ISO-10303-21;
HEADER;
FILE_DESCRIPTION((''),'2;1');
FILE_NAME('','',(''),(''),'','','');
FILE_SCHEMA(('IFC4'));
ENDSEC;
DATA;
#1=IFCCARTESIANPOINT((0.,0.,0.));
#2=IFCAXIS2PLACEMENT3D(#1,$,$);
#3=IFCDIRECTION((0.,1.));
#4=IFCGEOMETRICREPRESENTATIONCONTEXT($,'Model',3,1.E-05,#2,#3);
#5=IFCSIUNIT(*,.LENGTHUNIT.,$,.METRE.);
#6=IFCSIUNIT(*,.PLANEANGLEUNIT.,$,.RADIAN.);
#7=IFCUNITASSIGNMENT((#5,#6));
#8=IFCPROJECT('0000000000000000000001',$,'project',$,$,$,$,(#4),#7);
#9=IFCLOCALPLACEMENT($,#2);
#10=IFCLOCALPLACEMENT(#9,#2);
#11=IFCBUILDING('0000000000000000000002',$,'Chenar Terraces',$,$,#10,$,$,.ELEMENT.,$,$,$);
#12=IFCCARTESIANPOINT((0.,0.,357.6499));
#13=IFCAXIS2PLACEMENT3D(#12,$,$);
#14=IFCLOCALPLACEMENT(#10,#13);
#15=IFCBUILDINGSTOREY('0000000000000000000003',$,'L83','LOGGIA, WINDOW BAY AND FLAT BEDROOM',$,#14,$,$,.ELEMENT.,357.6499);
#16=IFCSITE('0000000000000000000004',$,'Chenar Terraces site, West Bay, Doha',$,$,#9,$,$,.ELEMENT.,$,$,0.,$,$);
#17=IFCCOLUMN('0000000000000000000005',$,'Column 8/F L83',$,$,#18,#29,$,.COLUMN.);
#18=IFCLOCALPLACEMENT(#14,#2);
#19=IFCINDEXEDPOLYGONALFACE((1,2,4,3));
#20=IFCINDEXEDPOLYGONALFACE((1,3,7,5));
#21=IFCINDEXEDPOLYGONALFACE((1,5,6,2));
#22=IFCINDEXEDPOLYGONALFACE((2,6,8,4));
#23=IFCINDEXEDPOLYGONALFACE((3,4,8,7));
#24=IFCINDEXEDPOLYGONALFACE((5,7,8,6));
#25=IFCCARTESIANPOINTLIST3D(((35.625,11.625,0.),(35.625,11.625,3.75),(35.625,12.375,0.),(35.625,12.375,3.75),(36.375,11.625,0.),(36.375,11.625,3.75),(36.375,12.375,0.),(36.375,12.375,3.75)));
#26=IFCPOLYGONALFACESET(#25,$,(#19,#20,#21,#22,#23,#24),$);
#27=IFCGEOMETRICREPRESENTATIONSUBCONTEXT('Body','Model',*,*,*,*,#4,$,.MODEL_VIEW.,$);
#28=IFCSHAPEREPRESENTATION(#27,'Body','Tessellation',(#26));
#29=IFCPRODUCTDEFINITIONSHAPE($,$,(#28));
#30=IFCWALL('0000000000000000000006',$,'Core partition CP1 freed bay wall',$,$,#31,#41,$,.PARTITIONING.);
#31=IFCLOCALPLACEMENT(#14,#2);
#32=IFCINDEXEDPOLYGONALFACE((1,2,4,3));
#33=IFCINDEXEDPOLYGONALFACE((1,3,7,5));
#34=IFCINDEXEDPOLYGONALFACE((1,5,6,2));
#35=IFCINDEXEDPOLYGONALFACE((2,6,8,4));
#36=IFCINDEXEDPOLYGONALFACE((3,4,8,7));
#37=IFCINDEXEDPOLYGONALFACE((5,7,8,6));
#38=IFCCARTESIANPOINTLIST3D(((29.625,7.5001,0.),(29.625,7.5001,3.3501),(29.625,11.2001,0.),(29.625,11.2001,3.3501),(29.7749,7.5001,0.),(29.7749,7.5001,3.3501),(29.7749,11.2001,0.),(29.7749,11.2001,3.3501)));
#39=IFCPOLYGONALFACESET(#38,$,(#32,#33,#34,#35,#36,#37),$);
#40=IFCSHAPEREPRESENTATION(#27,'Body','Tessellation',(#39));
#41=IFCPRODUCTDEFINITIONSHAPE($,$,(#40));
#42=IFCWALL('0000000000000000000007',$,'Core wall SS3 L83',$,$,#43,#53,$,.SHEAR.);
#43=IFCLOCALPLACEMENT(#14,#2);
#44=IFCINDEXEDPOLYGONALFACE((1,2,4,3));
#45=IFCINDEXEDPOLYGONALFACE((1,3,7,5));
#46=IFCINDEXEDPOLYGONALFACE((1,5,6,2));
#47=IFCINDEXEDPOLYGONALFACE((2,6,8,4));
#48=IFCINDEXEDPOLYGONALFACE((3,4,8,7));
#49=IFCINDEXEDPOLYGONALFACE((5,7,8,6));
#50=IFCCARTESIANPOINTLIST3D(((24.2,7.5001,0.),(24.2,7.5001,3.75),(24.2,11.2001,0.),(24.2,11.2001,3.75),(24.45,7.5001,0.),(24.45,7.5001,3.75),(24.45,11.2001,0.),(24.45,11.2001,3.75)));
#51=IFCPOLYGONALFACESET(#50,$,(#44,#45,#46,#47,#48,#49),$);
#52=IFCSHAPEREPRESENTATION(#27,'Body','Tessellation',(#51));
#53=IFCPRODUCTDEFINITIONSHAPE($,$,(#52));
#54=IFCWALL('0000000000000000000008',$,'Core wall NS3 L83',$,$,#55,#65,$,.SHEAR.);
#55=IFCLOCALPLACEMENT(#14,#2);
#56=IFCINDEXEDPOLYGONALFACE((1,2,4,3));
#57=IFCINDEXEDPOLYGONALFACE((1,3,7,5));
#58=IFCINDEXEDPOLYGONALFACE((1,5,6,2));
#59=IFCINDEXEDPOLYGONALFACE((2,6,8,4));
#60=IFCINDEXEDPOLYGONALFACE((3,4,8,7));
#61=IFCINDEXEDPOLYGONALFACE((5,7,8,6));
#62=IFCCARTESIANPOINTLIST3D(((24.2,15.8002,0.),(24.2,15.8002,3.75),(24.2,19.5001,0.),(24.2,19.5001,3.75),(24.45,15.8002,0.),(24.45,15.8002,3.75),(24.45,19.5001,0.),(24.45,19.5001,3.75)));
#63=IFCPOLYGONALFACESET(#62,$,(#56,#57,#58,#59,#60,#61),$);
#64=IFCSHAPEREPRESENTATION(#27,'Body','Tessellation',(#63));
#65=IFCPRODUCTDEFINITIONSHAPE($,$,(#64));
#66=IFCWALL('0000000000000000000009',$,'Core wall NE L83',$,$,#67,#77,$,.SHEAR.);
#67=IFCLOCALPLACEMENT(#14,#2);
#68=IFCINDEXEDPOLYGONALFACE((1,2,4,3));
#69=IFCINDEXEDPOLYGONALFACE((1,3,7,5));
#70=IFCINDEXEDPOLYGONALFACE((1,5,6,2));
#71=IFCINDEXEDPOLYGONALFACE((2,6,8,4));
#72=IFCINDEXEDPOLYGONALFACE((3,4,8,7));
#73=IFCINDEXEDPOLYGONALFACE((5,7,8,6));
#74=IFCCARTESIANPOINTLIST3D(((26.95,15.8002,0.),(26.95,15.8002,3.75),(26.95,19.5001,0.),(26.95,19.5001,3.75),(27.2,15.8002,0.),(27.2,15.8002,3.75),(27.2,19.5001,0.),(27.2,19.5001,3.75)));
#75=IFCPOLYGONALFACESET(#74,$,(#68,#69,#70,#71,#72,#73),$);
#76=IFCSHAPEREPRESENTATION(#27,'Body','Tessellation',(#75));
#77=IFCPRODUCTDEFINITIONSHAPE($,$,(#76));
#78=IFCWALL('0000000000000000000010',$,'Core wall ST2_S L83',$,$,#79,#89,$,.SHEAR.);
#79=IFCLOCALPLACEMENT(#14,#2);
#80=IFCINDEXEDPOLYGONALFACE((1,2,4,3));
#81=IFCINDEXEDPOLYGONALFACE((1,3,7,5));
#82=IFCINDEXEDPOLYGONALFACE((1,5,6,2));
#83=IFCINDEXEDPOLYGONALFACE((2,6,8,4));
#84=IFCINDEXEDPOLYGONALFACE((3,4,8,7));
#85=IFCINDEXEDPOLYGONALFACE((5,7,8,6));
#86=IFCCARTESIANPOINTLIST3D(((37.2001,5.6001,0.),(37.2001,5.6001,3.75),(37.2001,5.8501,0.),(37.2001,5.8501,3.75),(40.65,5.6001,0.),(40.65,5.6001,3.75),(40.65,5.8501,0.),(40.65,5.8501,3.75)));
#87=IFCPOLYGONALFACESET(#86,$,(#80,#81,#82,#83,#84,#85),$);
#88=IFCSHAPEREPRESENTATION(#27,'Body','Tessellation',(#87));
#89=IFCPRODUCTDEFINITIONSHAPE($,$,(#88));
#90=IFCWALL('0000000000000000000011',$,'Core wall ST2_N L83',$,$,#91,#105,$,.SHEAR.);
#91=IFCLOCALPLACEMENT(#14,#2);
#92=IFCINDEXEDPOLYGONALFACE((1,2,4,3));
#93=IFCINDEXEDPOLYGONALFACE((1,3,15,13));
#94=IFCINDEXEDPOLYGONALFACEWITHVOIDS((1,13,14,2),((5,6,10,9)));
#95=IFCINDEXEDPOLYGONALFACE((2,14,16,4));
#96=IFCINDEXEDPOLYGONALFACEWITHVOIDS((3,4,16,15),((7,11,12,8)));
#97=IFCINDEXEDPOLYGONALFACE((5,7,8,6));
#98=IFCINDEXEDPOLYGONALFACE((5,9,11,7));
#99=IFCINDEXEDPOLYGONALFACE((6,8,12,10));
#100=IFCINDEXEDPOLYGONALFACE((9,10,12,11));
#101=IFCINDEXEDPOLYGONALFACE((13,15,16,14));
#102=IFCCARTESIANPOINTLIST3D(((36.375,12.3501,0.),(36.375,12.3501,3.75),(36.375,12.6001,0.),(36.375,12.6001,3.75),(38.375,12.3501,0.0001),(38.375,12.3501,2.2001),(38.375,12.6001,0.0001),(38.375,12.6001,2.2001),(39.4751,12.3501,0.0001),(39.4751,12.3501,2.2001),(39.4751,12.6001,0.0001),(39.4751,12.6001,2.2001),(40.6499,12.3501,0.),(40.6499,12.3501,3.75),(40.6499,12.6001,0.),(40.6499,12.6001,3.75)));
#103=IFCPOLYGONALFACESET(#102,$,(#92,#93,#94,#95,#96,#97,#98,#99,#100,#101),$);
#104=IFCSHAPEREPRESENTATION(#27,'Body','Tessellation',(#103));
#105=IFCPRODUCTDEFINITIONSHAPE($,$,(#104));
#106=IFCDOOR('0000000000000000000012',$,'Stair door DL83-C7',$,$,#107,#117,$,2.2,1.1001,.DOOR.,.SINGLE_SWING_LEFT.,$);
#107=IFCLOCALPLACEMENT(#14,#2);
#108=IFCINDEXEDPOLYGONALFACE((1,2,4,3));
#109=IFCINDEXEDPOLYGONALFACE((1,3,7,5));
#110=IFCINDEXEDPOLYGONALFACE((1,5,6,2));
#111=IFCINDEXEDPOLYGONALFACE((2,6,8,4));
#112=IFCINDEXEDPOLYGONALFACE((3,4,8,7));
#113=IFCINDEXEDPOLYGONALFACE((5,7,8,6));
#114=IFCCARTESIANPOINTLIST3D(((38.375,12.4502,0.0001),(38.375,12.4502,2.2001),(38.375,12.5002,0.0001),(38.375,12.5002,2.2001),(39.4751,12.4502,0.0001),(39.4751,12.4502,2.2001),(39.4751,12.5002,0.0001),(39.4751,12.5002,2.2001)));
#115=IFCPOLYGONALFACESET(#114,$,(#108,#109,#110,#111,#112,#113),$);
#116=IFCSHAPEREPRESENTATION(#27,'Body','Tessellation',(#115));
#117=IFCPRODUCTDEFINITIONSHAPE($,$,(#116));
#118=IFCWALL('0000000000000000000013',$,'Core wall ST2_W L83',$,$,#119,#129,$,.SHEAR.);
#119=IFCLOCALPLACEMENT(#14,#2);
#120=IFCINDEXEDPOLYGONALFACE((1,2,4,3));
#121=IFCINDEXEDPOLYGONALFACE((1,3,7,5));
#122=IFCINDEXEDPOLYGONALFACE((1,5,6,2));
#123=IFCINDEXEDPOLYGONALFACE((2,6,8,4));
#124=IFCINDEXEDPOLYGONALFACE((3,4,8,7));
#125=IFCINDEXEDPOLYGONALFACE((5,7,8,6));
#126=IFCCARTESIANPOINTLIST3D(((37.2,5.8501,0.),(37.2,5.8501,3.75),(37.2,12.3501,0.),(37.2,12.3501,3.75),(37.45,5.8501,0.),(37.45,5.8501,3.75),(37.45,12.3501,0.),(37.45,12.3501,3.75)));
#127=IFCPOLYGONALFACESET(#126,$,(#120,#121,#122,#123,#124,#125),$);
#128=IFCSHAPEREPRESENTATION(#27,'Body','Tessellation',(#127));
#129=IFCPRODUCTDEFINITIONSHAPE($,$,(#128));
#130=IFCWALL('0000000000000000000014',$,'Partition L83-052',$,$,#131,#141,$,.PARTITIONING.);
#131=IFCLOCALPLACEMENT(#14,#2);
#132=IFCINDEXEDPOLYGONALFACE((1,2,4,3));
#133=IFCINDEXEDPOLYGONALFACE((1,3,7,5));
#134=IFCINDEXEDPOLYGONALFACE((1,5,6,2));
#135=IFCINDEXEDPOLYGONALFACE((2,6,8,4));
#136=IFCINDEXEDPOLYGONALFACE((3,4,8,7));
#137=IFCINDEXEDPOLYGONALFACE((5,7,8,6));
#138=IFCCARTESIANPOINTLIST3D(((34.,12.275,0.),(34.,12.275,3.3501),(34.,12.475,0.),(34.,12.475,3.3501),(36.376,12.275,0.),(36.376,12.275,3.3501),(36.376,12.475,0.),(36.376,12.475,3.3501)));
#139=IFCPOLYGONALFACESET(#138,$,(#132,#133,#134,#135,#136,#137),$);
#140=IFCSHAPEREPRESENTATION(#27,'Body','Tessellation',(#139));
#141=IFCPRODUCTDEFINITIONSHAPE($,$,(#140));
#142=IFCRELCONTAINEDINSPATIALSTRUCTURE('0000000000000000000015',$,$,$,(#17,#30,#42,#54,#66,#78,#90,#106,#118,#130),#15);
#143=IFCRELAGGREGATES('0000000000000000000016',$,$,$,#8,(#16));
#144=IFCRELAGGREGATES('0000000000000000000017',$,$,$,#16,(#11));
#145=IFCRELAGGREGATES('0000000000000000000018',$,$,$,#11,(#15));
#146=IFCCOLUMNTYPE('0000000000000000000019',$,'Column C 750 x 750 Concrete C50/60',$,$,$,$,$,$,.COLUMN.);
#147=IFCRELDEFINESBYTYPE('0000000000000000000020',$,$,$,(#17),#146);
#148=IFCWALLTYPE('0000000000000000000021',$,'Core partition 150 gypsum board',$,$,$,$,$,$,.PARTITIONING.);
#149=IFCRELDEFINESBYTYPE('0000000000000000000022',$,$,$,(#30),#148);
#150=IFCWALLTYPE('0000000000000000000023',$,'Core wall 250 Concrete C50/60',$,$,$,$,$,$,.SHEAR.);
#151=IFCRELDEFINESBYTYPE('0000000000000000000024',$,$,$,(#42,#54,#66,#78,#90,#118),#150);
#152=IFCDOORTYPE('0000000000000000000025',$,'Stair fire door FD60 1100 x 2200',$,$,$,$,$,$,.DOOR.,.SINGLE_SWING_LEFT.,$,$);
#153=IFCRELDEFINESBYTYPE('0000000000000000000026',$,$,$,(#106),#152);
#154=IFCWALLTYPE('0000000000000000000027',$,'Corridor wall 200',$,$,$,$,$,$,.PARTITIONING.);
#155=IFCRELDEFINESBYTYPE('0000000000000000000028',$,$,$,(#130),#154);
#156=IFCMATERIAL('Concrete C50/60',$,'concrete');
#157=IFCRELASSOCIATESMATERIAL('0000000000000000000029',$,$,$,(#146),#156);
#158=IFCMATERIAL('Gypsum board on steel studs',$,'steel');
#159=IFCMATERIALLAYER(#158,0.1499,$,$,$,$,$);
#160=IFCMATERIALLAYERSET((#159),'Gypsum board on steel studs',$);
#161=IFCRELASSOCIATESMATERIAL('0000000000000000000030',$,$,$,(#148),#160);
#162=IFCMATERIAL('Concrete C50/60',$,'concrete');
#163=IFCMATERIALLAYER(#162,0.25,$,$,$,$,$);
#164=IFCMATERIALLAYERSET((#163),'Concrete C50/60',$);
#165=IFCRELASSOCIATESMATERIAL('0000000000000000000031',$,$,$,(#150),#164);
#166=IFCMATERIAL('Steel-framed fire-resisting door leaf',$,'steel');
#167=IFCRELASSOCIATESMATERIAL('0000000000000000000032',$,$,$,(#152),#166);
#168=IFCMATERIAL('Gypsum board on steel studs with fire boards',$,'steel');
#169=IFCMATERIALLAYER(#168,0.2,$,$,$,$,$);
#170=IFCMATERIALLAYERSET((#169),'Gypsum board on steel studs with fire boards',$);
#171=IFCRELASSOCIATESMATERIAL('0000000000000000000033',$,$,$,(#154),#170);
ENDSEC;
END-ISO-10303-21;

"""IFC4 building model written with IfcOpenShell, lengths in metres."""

from ifc_helpers import new_model, si_unit, direction, frame, frame_2d, origin, origin_2d, place, context, subcontext, project, spatial, rectangle, extrude, material, layer, layer_set, material_profile, profile_set, type_object, element, fill, save


model = new_model("IFC4")

# Units and contexts
model_context = context("Model", 3, precision=1e-05, world=origin(), true_north=direction((0.0, 1.0)))
body_context = subcontext(model_context, "Body", "Model", "MODEL_VIEW")
ifc_project = project(units=[si_unit("LENGTHUNIT", "METRE"), si_unit("PLANEANGLEUNIT", "RADIAN")], contexts=[model_context])

# Site, building, storey
site_placement = place(None, origin())
site = spatial("IfcSite", under=ifc_project, at=site_placement, Name="Chenar Terraces site, West Bay, Doha", CompositionType="ELEMENT", RefElevation=0.0)
building_placement = place(site_placement, origin())
building = spatial("IfcBuilding", under=site, at=building_placement, Name="Chenar Terraces", CompositionType="ELEMENT")
storey_placement = place(building_placement, frame((0.0, 0.0, 357.6499)))
storey = spatial("IfcBuildingStorey", under=building, at=storey_placement, Name="L83", Description="LOGGIA, WINDOW BAY AND FLAT BEDROOM", CompositionType="ELEMENT", Elevation=357.6499)

# Column
ifc_material_1 = material(Name="Concrete C50/60", Category="concrete")
ifc_material_profile = material_profile(ifc_material_1, rectangle(XDim=0.75, YDim=0.75, at=origin_2d()), Name="C 750 x 750")
ifc_profile_set = profile_set([ifc_material_profile], Name="Concrete C50/60")
column_type = type_object("IfcColumnType", Name="Column C 750 x 750 Concrete C50/60", PredefinedType="COLUMN", material=ifc_profile_set)
column_placement = place(storey_placement, frame((36.0, 12.0, 0.0), z_axis=(0.0, 0.0, 1.0), x_axis=(1.0, 0.0, 0.0)))
element("IfcColumn", 1, at=column_placement, inside=storey, type_object=column_type, Name="Column 8/F L83", PredefinedType="COLUMN", context=body_context, shape_type="SweptSolid", body=[
    extrude(rectangle(XDim=0.75, YDim=0.75, at=origin_2d()), origin(), (0.0, 0.0, 1.0), 3.75),
])

# Walls
ifc_material_2 = material(Name="Gypsum board on steel studs", Category="steel")
ifc_layer_1 = layer(ifc_material_2, 0.1499)
ifc_layer_set_1 = layer_set([ifc_layer_1], Name="Gypsum board on steel studs")
wall_type_1 = type_object("IfcWallType", Name="Core partition 150 gypsum board", PredefinedType="PARTITIONING", material=ifc_layer_set_1)
wall_1_placement = place(storey_placement, frame((29.7, 7.5, 0.0), z_axis=(0.0, 0.0, 1.0), x_axis=(0.0, 1.0, 0.0)))
element("IfcWall", 2, at=wall_1_placement, inside=storey, type_object=wall_type_1, Name="Core partition CP1 freed bay wall", PredefinedType="PARTITIONING", context=body_context, shape_type="SweptSolid", body=[
    extrude(rectangle(XDim=3.7, YDim=0.1499, at=frame_2d((1.8501, 0.0))), origin(), (0.0, 0.0, 1.0), 3.3501),
])
ifc_material_3 = material(Name="Concrete C50/60", Category="concrete")
ifc_layer_2 = layer(ifc_material_3, 0.25)
ifc_layer_set_2 = layer_set([ifc_layer_2], Name="Concrete C50/60")
wall_type_2 = type_object("IfcWallType", Name="Core wall 250 Concrete C50/60", PredefinedType="SHEAR", material=ifc_layer_set_2)
for number, where, z_axis, x_axis, name in (
    (3, (24.325, 7.5, 0.0), (0.0, 0.0, 1.0), (0.0, 1.0, 0.0), "Core wall SS3 L83"),
    (4, (24.325, 15.8, 0.0), (0.0, 0.0, 1.0), (0.0, 1.0, 0.0), "Core wall NS3 L83"),
    (5, (27.075, 15.8, 0.0), (0.0, 0.0, 1.0), (0.0, 1.0, 0.0), "Core wall NE L83"),
):
    element("IfcWall", number, at=place(storey_placement, frame(where, z_axis=z_axis, x_axis=x_axis)), inside=storey, type_object=wall_type_2, Name=name, PredefinedType="SHEAR", context=body_context, shape_type="SweptSolid", body=[
        extrude(rectangle(XDim=3.7, YDim=0.25, at=frame_2d((1.8501, 0.0))), origin(), (0.0, 0.0, 1.0), 3.75),
    ])
wall_2_placement = place(storey_placement, frame((37.2, 5.7251, 0.0), z_axis=(0.0, 0.0, 1.0), x_axis=(1.0, 0.0, 0.0)))
element("IfcWall", 6, at=wall_2_placement, inside=storey, type_object=wall_type_2, Name="Core wall ST2_S L83", PredefinedType="SHEAR", context=body_context, shape_type="SweptSolid", body=[
    extrude(rectangle(XDim=3.45, YDim=0.25, at=frame_2d((1.7251, 0.0))), origin(), (0.0, 0.0, 1.0), 3.75),
])

# Wall, opening, door
wall_3_placement = place(storey_placement, frame((36.375, 12.4751, 0.0), z_axis=(0.0, 0.0, 1.0), x_axis=(1.0, 0.0, 0.0)))
wall_3 = element("IfcWall", 7, at=wall_3_placement, inside=storey, type_object=wall_type_2, Name="Core wall ST2_N L83", PredefinedType="SHEAR", context=body_context, shape_type="SweptSolid", body=[
    extrude(rectangle(XDim=4.2749, YDim=0.25, at=frame_2d((2.1375, 0.0))), origin(), (0.0, 0.0, 1.0), 3.75),
])
opening_1_placement = place(wall_3_placement, frame((2.0, 0.0, 0.0)))
opening_1 = element("IfcOpeningElement", 8, at=opening_1_placement, cuts=wall_3, PredefinedType="OPENING", context=body_context, shape_type="SweptSolid", body=[
    extrude(rectangle(XDim=1.1001, YDim=2.2, at=frame_2d((0.55, 1.1001))), frame((0.0, 0.135, 0.0), z_axis=(0.0, -1.0, 0.0), x_axis=(1.0, 0.0, 0.0)), (0.0, 0.0, 1.0), 0.27),
])
ifc_material_4 = material(Name="Steel-framed fire-resisting door leaf", Category="steel")
door_type_1 = type_object("IfcDoorType", Name="Stair fire door FD60 1100 x 2200", OperationType="SINGLE_SWING_LEFT", PredefinedType="DOOR", material=ifc_material_4)
door_1_placement = place(opening_1_placement, frame((1.1001, 0.0, 0.0), z_axis=(0.0, 0.0, 1.0), x_axis=(-1.0, 0.0, 0.0)))
door_1 = element("IfcDoor", 9, at=door_1_placement, inside=storey, type_object=door_type_1, Name="Stair door DL83-C7", OperationType="SINGLE_SWING_LEFT", OverallHeight=2.2, OverallWidth=1.1001, PredefinedType="DOOR", context=body_context, shape_type="SweptSolid", body=[
    extrude(rectangle(XDim=1.1001, YDim=2.2, at=frame_2d((0.55, 1.1001))), frame((0.0, 0.0249, 0.0), z_axis=(0.0, -1.0, 0.0), x_axis=(1.0, 0.0, 0.0)), (0.0, 0.0, 1.0), 0.05),
])
fill(opening_1, door_1)

# Wall
wall_4_placement = place(storey_placement, frame((37.325, 5.8501, 0.0), z_axis=(0.0, 0.0, 1.0), x_axis=(0.0, 1.0, 0.0)))
element("IfcWall", 10, at=wall_4_placement, inside=storey, type_object=wall_type_2, Name="Core wall ST2_W L83", PredefinedType="SHEAR", context=body_context, shape_type="SweptSolid", body=[
    extrude(rectangle(XDim=6.5, YDim=0.25, at=frame_2d((3.25, 0.0))), origin(), (0.0, 0.0, 1.0), 3.75),
])

# Wall
ifc_material_5 = material(Name="Gypsum board on steel studs with fire boards", Category="steel")
ifc_layer_3 = layer(ifc_material_5, 0.2)
ifc_layer_set_3 = layer_set([ifc_layer_3], Name="Gypsum board on steel studs with fire boards")
wall_type_3 = type_object("IfcWallType", Name="Corridor wall 200", PredefinedType="PARTITIONING", material=ifc_layer_set_3)
wall_5_placement = place(storey_placement, frame((34.0, 12.375, 0.0), z_axis=(0.0, 0.0, 1.0), x_axis=(1.0, 0.0, 0.0)))
element("IfcWall", 11, at=wall_5_placement, inside=storey, type_object=wall_type_3, Name="Partition L83-052", PredefinedType="PARTITIONING", context=body_context, shape_type="SweptSolid", body=[
    extrude(rectangle(XDim=2.376, YDim=0.2, at=frame_2d((1.188, 0.0))), origin(), (0.0, 0.0, 1.0), 3.3501),
])

save(model, "model.ifc")
